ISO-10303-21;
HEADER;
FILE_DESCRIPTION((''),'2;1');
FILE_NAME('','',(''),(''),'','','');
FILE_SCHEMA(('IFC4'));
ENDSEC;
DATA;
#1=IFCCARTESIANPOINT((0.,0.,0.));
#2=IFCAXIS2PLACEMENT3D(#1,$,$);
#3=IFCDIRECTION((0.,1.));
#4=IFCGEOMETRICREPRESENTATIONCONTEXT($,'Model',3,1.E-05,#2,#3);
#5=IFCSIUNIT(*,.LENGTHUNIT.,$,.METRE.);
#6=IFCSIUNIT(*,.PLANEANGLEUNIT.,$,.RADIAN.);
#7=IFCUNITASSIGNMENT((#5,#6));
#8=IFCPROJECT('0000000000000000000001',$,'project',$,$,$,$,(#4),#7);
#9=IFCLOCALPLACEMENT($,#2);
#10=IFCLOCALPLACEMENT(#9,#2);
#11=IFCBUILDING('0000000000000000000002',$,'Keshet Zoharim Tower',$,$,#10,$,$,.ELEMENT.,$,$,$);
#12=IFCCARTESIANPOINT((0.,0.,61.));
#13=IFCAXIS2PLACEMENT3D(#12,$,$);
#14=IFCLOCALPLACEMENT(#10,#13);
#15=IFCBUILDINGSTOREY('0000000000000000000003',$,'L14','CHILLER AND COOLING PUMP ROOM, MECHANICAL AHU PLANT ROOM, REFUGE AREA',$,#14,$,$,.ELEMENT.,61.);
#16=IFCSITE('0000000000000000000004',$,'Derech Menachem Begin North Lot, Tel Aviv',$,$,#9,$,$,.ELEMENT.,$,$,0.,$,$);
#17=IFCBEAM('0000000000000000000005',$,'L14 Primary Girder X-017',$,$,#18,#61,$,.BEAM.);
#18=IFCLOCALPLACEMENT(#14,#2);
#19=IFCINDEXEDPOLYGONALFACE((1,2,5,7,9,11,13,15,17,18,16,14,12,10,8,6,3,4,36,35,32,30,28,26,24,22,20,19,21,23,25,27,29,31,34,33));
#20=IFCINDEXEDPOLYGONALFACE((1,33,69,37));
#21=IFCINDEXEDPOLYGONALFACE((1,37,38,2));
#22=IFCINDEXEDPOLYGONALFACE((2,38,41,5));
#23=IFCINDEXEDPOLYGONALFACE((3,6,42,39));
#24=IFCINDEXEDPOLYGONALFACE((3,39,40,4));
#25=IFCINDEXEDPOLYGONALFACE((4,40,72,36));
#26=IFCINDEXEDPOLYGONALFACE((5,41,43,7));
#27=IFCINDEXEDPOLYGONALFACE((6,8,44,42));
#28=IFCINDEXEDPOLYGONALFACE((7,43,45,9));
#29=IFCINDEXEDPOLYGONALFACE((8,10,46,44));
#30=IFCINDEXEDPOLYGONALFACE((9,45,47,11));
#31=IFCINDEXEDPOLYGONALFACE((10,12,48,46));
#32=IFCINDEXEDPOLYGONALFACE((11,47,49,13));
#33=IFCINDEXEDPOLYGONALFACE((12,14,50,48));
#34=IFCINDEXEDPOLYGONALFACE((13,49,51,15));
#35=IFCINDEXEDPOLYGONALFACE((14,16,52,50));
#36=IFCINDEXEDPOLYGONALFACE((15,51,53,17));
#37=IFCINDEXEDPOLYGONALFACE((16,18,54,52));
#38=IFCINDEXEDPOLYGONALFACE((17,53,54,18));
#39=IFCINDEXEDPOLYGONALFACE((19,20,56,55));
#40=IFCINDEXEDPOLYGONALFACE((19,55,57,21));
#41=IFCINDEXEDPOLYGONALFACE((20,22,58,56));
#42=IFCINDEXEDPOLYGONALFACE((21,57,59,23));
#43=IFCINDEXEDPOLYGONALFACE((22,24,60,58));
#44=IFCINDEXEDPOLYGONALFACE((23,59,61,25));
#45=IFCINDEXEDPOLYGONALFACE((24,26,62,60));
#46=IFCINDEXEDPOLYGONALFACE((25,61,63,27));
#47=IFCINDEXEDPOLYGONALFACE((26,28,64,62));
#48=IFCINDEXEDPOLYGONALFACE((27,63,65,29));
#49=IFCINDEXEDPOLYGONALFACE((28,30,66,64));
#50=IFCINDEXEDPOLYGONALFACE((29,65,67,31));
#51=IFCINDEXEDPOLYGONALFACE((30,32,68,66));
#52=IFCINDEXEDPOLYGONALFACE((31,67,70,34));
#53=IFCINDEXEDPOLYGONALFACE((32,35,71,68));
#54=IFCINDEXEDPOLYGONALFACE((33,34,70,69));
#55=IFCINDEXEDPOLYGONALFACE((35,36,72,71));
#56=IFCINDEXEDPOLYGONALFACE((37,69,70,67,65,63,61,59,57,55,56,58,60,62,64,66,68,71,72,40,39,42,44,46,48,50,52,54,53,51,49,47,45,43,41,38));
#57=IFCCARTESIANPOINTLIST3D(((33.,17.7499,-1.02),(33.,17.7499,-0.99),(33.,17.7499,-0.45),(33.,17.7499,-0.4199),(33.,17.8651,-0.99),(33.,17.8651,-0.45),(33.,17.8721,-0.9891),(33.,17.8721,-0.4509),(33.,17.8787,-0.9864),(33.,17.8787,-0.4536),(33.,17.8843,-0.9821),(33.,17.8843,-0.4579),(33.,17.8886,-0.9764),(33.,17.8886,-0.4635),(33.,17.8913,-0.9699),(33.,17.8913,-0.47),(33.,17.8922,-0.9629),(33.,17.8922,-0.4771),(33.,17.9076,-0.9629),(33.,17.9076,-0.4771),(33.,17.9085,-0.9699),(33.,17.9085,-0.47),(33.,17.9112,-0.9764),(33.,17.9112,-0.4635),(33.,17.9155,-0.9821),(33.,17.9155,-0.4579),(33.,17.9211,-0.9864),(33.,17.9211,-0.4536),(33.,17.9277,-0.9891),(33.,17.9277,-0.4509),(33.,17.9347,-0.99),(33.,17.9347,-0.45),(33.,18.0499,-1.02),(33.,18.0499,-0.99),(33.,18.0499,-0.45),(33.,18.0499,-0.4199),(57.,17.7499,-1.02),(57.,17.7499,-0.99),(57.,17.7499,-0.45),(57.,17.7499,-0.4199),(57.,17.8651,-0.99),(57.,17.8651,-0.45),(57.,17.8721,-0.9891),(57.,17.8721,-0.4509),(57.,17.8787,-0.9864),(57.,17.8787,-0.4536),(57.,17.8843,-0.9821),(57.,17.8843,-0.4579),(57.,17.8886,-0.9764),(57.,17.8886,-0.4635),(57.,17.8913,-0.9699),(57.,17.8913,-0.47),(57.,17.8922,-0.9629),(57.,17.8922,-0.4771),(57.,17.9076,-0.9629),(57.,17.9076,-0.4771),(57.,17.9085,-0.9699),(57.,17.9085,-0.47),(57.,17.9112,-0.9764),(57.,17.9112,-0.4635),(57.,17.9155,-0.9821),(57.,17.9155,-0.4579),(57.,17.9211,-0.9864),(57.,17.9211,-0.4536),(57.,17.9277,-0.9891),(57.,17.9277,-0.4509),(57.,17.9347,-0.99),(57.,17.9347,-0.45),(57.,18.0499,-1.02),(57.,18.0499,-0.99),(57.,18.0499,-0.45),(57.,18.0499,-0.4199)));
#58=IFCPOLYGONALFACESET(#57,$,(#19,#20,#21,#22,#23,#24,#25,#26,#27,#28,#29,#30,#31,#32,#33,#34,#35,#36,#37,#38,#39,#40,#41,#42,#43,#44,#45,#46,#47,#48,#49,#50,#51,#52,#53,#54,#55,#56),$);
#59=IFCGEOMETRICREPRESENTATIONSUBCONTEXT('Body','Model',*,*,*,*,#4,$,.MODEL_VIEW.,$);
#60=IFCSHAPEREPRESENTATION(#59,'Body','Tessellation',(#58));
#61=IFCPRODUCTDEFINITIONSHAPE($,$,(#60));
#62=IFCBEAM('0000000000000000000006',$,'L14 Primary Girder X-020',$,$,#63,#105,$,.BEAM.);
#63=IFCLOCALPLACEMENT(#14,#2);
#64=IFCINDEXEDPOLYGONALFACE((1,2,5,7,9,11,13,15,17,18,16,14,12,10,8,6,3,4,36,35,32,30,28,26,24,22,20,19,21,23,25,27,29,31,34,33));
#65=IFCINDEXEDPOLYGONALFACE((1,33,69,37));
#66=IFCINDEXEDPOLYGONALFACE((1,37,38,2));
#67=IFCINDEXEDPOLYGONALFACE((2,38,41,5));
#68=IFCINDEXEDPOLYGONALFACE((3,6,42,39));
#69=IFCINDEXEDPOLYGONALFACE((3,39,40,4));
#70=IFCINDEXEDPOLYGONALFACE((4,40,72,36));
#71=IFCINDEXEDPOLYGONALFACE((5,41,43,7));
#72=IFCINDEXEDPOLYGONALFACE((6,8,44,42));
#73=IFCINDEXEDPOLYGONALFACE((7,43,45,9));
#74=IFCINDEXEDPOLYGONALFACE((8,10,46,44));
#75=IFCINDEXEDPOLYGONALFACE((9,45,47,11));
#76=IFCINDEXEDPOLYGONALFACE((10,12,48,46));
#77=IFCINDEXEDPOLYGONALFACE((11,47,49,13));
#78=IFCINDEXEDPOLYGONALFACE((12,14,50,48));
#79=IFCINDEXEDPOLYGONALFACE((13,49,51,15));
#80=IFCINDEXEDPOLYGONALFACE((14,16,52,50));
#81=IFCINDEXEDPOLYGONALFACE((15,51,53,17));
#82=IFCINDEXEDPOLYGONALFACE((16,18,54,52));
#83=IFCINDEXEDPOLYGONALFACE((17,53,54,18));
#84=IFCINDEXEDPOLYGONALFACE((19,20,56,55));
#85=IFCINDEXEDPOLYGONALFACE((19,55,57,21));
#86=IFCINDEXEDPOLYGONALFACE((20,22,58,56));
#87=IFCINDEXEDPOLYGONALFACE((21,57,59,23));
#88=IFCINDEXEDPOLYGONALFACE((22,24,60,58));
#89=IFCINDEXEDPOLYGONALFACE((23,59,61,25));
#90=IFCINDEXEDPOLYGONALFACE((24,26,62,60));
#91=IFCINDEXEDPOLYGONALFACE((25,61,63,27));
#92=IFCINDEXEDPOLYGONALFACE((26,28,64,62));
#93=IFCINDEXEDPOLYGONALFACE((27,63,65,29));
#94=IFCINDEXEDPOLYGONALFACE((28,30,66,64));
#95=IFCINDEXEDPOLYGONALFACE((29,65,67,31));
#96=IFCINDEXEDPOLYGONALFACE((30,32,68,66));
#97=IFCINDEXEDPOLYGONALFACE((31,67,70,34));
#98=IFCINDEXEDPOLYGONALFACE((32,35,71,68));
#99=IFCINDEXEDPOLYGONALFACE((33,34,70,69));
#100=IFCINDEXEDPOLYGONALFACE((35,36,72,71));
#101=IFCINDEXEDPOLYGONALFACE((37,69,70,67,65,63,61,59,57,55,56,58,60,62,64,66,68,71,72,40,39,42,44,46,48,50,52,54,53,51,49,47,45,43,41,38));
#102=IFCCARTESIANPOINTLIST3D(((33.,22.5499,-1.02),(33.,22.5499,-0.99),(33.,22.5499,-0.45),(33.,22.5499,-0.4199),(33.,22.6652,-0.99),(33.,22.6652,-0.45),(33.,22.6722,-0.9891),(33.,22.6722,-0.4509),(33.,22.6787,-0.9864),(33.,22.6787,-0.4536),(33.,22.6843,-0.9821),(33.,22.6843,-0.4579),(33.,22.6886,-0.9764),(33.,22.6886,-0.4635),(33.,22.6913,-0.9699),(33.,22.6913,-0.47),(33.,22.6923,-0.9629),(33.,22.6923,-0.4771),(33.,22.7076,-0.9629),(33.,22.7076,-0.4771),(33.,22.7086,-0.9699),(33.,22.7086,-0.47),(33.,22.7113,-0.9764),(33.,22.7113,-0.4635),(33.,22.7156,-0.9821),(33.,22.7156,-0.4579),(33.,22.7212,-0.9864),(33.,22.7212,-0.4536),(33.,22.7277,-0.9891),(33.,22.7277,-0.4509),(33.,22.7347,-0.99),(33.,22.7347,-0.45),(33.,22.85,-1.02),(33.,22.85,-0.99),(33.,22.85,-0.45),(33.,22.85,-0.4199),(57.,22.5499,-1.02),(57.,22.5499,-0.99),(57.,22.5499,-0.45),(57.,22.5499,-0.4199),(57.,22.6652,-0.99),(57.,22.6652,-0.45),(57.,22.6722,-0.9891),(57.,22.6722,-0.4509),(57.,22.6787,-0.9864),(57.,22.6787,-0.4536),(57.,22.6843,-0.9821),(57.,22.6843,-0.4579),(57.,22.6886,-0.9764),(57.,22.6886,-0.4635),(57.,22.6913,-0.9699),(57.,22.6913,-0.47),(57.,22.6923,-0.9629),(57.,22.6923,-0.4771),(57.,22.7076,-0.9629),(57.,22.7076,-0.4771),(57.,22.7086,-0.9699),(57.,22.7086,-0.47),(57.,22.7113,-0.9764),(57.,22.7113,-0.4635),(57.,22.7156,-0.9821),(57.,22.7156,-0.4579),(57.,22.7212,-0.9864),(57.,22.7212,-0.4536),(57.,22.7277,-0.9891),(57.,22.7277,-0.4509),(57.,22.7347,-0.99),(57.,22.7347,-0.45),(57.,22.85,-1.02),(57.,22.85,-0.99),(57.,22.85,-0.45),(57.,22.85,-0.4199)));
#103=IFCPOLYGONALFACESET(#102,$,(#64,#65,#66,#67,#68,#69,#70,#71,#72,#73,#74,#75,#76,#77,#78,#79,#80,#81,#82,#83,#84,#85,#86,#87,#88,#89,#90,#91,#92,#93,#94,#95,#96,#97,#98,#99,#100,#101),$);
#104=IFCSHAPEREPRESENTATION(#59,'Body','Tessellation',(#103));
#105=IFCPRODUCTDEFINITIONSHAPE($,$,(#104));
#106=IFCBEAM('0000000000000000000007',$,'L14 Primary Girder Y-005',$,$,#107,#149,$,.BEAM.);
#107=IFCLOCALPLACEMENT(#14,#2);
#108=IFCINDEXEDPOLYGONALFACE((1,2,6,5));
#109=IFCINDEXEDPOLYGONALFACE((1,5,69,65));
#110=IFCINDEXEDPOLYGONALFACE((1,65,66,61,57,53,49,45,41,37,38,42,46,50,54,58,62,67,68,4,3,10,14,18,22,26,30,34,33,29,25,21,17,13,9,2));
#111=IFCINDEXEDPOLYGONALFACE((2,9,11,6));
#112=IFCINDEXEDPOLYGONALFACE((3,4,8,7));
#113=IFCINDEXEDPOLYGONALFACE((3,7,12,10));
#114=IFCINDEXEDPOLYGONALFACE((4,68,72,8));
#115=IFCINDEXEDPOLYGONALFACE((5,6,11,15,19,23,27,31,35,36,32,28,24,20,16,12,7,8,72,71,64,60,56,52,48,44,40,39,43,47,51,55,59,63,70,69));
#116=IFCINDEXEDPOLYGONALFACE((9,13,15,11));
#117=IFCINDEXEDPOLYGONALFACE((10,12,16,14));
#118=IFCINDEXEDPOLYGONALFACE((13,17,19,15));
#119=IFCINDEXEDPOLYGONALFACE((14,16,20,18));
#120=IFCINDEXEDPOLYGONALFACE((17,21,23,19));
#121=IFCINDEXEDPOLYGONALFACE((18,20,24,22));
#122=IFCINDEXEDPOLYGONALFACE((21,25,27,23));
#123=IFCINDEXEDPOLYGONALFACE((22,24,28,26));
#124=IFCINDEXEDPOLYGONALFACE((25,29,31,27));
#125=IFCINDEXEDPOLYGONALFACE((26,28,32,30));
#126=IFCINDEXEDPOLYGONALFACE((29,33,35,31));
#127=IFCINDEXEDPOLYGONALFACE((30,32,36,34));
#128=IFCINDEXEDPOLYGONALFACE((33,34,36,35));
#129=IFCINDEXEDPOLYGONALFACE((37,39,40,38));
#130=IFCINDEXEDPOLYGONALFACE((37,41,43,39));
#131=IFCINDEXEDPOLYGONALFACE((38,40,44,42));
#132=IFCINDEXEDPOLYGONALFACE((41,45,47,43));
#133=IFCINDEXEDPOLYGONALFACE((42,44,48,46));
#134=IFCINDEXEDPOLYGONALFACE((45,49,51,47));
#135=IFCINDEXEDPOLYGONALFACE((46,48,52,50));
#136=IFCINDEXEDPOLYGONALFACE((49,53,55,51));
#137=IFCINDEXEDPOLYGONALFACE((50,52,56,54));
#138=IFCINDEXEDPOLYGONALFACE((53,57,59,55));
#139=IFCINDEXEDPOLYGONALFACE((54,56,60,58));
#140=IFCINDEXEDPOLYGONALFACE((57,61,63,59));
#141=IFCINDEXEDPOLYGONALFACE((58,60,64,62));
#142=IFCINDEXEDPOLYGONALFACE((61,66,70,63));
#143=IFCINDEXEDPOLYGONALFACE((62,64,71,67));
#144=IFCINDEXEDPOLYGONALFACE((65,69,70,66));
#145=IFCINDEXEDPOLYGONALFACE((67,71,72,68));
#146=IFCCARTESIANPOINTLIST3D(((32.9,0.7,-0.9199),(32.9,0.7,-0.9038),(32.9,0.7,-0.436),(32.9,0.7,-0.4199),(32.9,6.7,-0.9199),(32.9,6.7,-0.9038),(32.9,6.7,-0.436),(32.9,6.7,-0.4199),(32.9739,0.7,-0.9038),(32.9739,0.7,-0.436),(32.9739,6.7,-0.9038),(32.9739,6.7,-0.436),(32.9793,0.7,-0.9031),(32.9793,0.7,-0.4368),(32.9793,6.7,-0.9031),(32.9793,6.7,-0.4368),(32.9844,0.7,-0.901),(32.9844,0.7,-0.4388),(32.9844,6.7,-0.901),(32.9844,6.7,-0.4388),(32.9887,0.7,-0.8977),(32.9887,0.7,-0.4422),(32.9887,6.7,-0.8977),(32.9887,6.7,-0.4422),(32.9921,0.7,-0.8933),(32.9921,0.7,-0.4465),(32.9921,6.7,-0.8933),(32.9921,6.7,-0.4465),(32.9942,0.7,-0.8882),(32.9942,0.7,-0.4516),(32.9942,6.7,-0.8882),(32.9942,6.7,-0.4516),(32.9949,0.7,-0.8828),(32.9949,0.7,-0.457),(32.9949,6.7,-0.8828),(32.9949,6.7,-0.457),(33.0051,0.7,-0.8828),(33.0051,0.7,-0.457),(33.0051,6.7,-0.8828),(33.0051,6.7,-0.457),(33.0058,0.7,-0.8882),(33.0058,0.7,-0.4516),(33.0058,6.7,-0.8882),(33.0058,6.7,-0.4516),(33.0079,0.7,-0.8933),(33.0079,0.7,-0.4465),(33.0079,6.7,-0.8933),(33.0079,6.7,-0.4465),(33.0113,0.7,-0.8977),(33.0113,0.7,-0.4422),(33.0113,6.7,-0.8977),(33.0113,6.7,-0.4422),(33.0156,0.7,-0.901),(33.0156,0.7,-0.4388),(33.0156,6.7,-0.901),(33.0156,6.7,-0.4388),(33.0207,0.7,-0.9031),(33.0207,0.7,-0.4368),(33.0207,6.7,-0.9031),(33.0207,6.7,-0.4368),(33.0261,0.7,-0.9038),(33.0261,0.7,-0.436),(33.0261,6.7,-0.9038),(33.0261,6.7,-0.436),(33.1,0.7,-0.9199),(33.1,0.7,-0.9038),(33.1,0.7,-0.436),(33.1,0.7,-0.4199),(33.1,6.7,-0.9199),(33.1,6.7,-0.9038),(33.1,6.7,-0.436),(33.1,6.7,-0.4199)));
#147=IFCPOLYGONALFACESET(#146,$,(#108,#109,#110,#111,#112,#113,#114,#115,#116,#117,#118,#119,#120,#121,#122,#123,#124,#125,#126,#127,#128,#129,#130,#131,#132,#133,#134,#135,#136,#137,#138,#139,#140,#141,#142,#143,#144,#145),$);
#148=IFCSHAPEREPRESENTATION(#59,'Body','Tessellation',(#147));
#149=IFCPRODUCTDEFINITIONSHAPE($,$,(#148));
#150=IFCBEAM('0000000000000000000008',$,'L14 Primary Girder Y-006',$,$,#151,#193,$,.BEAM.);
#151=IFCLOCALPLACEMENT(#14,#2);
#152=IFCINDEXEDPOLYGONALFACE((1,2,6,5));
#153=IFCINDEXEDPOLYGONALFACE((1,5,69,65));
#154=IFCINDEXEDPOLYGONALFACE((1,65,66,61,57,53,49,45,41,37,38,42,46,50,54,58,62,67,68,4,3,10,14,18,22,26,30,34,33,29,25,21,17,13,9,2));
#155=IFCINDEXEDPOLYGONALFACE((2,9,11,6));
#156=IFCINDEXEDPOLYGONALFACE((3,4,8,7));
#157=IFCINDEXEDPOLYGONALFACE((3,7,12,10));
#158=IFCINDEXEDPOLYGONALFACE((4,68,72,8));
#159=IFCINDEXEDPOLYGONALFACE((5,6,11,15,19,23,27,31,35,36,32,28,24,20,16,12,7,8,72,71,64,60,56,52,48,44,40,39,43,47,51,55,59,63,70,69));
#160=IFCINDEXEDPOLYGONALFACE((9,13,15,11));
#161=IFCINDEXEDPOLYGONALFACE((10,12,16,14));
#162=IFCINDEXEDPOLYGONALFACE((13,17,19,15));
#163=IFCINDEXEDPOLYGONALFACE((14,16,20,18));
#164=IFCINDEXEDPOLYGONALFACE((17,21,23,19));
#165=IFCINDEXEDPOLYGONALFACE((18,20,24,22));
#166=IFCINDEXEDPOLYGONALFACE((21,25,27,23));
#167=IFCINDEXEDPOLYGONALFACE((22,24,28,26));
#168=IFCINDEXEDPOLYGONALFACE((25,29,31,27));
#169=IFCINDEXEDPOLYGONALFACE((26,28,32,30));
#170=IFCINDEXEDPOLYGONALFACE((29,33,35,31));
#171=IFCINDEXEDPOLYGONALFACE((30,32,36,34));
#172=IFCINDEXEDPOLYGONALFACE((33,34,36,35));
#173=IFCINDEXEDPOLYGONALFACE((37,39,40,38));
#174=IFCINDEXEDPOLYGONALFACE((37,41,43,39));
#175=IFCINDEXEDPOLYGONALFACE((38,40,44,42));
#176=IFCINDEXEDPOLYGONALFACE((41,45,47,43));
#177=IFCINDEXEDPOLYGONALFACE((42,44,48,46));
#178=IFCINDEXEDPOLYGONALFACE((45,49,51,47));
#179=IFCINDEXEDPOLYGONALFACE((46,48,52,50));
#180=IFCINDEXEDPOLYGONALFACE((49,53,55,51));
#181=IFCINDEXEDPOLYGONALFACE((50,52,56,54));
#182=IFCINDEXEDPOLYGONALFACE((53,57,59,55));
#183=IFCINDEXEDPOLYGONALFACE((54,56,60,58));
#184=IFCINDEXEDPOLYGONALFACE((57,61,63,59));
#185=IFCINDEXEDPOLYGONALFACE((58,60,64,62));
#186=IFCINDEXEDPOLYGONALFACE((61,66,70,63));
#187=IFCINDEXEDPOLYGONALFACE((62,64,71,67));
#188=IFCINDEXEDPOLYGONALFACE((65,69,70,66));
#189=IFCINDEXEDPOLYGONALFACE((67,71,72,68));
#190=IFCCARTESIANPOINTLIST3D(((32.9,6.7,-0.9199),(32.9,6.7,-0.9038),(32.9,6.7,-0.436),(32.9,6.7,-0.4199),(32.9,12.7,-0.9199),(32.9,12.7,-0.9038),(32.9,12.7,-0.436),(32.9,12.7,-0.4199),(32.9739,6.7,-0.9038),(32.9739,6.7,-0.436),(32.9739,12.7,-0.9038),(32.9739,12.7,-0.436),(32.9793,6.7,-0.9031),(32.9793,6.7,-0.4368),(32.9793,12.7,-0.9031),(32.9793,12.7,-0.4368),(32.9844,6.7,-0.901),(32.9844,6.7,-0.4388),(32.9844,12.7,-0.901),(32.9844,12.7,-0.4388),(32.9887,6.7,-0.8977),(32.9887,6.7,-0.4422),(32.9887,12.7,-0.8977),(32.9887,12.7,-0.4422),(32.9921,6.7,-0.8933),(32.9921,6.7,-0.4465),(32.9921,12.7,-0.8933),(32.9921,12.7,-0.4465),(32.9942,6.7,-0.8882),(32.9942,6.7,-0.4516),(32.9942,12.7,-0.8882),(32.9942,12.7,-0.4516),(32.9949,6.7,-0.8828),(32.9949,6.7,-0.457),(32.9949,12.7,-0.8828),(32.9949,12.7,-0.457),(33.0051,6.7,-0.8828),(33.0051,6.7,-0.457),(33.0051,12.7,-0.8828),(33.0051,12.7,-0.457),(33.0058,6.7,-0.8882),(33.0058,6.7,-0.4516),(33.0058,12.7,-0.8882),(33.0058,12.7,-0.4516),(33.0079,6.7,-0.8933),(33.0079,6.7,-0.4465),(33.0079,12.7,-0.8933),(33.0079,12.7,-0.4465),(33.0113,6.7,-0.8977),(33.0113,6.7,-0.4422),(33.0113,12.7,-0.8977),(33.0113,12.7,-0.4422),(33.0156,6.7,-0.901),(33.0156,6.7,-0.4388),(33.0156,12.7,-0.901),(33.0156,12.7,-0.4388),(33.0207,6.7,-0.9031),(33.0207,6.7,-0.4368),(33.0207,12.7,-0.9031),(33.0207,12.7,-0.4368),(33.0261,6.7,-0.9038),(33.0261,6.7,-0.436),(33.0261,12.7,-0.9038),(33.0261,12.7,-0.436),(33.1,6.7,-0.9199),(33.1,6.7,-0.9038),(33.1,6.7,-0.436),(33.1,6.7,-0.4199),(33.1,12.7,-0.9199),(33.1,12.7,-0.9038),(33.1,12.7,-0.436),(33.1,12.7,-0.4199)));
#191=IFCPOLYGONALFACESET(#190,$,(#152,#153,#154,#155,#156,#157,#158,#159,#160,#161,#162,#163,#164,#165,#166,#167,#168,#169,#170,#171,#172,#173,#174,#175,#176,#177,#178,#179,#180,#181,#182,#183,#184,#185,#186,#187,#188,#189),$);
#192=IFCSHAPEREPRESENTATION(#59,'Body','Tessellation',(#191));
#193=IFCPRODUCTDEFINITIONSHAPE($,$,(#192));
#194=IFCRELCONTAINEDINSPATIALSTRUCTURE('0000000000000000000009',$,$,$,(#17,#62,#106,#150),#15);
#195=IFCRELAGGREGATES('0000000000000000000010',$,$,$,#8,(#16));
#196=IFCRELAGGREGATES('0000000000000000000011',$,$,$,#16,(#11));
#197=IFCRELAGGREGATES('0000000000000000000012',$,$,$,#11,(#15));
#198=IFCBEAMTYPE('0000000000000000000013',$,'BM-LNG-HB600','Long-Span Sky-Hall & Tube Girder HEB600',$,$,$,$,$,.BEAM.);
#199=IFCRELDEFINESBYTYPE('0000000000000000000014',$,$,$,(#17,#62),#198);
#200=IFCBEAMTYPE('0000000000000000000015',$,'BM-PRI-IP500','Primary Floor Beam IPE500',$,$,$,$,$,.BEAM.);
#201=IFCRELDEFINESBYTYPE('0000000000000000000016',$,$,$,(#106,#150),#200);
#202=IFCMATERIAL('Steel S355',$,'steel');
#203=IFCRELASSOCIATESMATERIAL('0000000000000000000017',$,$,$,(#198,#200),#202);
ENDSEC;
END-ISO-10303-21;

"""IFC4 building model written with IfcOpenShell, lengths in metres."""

from ifc_helpers import new_model, si_unit, direction, frame, origin, origin_2d, place, context, subcontext, project, spatial, i_section, extrude, material, material_profile, profile_set, type_object, element, save


model = new_model("IFC4")

# Units and contexts
model_context = context("Model", 3, precision=1e-05, world=origin(), true_north=direction((0.0, 1.0)))
body_context = subcontext(model_context, "Body", "Model", "MODEL_VIEW")
ifc_project = project(units=[si_unit("LENGTHUNIT", "METRE"), si_unit("PLANEANGLEUNIT", "RADIAN")], contexts=[model_context])

# Site, building, storey
site_placement = place(None, origin())
site = spatial("IfcSite", under=ifc_project, at=site_placement, Name="Derech Menachem Begin North Lot, Tel Aviv", CompositionType="ELEMENT", RefElevation=0.0)
building_placement = place(site_placement, origin())
building = spatial("IfcBuilding", under=site, at=building_placement, Name="Keshet Zoharim Tower", CompositionType="ELEMENT")
storey_placement = place(building_placement, frame((0.0, 0.0, 61.0)))
storey = spatial("IfcBuildingStorey", under=building, at=storey_placement, Name="L14", Description="CHILLER AND COOLING PUMP ROOM, MECHANICAL AHU PLANT ROOM, REFUGE AREA", CompositionType="ELEMENT", Elevation=61.0)

# Shared definitions
ifc_material_1 = material(Name="Steel S355", Category="steel")

# Beams
ifc_material_profile_1 = material_profile(ifc_material_1, i_section(OverallWidth=0.3, OverallDepth=0.6001, WebThickness=0.0154, FlangeThickness=0.03, FilletRadius=0.0271, at=origin_2d()), Name="HEB600")
ifc_profile_set_1 = profile_set([ifc_material_profile_1], Name="Steel S355")
beam_type_1 = type_object("IfcBeamType", Name="BM-LNG-HB600", Description="Long-Span Sky-Hall & Tube Girder HEB600", PredefinedType="BEAM", material=ifc_profile_set_1)
for number, where, z_axis, x_axis, name in (
    (1, (33.0, 17.8999, -0.72), (1.0, 0.0, 0.0), (0.0, 1.0, 0.0), "L14 Primary Girder X-017"),
    (2, (33.0, 22.7, -0.72), (1.0, 0.0, 0.0), (0.0, 1.0, 0.0), "L14 Primary Girder X-020"),
):
    element("IfcBeam", number, at=place(storey_placement, frame(where, z_axis=z_axis, x_axis=x_axis)), inside=storey, type_object=beam_type_1, Name=name, PredefinedType="BEAM", context=body_context, shape_type="SweptSolid", body=[
        extrude(i_section(OverallWidth=0.3, OverallDepth=0.6001, WebThickness=0.0154, FlangeThickness=0.03, FilletRadius=0.0271, at=origin_2d()), origin(), (0.0, 0.0, 1.0), 24.0),
    ])
ifc_material_profile_2 = material_profile(ifc_material_1, i_section(OverallWidth=0.2, OverallDepth=0.5, WebThickness=0.0103, FlangeThickness=0.0161, FilletRadius=0.021, at=origin_2d()), Name="IPE500")
ifc_profile_set_2 = profile_set([ifc_material_profile_2], Name="Steel S355")
beam_type_2 = type_object("IfcBeamType", Name="BM-PRI-IP500", Description="Primary Floor Beam IPE500", PredefinedType="BEAM", material=ifc_profile_set_2)
for number, where, z_axis, x_axis, name in (
    (3, (33.0, 0.7, -0.6699), (0.0, 1.0, 0.0), (-1.0, 0.0, 0.0), "L14 Primary Girder Y-005"),
    (4, (33.0, 6.7, -0.6699), (0.0, 1.0, 0.0), (-1.0, 0.0, 0.0), "L14 Primary Girder Y-006"),
):
    element("IfcBeam", number, at=place(storey_placement, frame(where, z_axis=z_axis, x_axis=x_axis)), inside=storey, type_object=beam_type_2, Name=name, PredefinedType="BEAM", context=body_context, shape_type="SweptSolid", body=[
        extrude(i_section(OverallWidth=0.2, OverallDepth=0.5, WebThickness=0.0103, FlangeThickness=0.0161, FilletRadius=0.021, at=origin_2d()), origin(), (0.0, 0.0, 1.0), 6.0),
    ])

save(model, "model.ifc")
